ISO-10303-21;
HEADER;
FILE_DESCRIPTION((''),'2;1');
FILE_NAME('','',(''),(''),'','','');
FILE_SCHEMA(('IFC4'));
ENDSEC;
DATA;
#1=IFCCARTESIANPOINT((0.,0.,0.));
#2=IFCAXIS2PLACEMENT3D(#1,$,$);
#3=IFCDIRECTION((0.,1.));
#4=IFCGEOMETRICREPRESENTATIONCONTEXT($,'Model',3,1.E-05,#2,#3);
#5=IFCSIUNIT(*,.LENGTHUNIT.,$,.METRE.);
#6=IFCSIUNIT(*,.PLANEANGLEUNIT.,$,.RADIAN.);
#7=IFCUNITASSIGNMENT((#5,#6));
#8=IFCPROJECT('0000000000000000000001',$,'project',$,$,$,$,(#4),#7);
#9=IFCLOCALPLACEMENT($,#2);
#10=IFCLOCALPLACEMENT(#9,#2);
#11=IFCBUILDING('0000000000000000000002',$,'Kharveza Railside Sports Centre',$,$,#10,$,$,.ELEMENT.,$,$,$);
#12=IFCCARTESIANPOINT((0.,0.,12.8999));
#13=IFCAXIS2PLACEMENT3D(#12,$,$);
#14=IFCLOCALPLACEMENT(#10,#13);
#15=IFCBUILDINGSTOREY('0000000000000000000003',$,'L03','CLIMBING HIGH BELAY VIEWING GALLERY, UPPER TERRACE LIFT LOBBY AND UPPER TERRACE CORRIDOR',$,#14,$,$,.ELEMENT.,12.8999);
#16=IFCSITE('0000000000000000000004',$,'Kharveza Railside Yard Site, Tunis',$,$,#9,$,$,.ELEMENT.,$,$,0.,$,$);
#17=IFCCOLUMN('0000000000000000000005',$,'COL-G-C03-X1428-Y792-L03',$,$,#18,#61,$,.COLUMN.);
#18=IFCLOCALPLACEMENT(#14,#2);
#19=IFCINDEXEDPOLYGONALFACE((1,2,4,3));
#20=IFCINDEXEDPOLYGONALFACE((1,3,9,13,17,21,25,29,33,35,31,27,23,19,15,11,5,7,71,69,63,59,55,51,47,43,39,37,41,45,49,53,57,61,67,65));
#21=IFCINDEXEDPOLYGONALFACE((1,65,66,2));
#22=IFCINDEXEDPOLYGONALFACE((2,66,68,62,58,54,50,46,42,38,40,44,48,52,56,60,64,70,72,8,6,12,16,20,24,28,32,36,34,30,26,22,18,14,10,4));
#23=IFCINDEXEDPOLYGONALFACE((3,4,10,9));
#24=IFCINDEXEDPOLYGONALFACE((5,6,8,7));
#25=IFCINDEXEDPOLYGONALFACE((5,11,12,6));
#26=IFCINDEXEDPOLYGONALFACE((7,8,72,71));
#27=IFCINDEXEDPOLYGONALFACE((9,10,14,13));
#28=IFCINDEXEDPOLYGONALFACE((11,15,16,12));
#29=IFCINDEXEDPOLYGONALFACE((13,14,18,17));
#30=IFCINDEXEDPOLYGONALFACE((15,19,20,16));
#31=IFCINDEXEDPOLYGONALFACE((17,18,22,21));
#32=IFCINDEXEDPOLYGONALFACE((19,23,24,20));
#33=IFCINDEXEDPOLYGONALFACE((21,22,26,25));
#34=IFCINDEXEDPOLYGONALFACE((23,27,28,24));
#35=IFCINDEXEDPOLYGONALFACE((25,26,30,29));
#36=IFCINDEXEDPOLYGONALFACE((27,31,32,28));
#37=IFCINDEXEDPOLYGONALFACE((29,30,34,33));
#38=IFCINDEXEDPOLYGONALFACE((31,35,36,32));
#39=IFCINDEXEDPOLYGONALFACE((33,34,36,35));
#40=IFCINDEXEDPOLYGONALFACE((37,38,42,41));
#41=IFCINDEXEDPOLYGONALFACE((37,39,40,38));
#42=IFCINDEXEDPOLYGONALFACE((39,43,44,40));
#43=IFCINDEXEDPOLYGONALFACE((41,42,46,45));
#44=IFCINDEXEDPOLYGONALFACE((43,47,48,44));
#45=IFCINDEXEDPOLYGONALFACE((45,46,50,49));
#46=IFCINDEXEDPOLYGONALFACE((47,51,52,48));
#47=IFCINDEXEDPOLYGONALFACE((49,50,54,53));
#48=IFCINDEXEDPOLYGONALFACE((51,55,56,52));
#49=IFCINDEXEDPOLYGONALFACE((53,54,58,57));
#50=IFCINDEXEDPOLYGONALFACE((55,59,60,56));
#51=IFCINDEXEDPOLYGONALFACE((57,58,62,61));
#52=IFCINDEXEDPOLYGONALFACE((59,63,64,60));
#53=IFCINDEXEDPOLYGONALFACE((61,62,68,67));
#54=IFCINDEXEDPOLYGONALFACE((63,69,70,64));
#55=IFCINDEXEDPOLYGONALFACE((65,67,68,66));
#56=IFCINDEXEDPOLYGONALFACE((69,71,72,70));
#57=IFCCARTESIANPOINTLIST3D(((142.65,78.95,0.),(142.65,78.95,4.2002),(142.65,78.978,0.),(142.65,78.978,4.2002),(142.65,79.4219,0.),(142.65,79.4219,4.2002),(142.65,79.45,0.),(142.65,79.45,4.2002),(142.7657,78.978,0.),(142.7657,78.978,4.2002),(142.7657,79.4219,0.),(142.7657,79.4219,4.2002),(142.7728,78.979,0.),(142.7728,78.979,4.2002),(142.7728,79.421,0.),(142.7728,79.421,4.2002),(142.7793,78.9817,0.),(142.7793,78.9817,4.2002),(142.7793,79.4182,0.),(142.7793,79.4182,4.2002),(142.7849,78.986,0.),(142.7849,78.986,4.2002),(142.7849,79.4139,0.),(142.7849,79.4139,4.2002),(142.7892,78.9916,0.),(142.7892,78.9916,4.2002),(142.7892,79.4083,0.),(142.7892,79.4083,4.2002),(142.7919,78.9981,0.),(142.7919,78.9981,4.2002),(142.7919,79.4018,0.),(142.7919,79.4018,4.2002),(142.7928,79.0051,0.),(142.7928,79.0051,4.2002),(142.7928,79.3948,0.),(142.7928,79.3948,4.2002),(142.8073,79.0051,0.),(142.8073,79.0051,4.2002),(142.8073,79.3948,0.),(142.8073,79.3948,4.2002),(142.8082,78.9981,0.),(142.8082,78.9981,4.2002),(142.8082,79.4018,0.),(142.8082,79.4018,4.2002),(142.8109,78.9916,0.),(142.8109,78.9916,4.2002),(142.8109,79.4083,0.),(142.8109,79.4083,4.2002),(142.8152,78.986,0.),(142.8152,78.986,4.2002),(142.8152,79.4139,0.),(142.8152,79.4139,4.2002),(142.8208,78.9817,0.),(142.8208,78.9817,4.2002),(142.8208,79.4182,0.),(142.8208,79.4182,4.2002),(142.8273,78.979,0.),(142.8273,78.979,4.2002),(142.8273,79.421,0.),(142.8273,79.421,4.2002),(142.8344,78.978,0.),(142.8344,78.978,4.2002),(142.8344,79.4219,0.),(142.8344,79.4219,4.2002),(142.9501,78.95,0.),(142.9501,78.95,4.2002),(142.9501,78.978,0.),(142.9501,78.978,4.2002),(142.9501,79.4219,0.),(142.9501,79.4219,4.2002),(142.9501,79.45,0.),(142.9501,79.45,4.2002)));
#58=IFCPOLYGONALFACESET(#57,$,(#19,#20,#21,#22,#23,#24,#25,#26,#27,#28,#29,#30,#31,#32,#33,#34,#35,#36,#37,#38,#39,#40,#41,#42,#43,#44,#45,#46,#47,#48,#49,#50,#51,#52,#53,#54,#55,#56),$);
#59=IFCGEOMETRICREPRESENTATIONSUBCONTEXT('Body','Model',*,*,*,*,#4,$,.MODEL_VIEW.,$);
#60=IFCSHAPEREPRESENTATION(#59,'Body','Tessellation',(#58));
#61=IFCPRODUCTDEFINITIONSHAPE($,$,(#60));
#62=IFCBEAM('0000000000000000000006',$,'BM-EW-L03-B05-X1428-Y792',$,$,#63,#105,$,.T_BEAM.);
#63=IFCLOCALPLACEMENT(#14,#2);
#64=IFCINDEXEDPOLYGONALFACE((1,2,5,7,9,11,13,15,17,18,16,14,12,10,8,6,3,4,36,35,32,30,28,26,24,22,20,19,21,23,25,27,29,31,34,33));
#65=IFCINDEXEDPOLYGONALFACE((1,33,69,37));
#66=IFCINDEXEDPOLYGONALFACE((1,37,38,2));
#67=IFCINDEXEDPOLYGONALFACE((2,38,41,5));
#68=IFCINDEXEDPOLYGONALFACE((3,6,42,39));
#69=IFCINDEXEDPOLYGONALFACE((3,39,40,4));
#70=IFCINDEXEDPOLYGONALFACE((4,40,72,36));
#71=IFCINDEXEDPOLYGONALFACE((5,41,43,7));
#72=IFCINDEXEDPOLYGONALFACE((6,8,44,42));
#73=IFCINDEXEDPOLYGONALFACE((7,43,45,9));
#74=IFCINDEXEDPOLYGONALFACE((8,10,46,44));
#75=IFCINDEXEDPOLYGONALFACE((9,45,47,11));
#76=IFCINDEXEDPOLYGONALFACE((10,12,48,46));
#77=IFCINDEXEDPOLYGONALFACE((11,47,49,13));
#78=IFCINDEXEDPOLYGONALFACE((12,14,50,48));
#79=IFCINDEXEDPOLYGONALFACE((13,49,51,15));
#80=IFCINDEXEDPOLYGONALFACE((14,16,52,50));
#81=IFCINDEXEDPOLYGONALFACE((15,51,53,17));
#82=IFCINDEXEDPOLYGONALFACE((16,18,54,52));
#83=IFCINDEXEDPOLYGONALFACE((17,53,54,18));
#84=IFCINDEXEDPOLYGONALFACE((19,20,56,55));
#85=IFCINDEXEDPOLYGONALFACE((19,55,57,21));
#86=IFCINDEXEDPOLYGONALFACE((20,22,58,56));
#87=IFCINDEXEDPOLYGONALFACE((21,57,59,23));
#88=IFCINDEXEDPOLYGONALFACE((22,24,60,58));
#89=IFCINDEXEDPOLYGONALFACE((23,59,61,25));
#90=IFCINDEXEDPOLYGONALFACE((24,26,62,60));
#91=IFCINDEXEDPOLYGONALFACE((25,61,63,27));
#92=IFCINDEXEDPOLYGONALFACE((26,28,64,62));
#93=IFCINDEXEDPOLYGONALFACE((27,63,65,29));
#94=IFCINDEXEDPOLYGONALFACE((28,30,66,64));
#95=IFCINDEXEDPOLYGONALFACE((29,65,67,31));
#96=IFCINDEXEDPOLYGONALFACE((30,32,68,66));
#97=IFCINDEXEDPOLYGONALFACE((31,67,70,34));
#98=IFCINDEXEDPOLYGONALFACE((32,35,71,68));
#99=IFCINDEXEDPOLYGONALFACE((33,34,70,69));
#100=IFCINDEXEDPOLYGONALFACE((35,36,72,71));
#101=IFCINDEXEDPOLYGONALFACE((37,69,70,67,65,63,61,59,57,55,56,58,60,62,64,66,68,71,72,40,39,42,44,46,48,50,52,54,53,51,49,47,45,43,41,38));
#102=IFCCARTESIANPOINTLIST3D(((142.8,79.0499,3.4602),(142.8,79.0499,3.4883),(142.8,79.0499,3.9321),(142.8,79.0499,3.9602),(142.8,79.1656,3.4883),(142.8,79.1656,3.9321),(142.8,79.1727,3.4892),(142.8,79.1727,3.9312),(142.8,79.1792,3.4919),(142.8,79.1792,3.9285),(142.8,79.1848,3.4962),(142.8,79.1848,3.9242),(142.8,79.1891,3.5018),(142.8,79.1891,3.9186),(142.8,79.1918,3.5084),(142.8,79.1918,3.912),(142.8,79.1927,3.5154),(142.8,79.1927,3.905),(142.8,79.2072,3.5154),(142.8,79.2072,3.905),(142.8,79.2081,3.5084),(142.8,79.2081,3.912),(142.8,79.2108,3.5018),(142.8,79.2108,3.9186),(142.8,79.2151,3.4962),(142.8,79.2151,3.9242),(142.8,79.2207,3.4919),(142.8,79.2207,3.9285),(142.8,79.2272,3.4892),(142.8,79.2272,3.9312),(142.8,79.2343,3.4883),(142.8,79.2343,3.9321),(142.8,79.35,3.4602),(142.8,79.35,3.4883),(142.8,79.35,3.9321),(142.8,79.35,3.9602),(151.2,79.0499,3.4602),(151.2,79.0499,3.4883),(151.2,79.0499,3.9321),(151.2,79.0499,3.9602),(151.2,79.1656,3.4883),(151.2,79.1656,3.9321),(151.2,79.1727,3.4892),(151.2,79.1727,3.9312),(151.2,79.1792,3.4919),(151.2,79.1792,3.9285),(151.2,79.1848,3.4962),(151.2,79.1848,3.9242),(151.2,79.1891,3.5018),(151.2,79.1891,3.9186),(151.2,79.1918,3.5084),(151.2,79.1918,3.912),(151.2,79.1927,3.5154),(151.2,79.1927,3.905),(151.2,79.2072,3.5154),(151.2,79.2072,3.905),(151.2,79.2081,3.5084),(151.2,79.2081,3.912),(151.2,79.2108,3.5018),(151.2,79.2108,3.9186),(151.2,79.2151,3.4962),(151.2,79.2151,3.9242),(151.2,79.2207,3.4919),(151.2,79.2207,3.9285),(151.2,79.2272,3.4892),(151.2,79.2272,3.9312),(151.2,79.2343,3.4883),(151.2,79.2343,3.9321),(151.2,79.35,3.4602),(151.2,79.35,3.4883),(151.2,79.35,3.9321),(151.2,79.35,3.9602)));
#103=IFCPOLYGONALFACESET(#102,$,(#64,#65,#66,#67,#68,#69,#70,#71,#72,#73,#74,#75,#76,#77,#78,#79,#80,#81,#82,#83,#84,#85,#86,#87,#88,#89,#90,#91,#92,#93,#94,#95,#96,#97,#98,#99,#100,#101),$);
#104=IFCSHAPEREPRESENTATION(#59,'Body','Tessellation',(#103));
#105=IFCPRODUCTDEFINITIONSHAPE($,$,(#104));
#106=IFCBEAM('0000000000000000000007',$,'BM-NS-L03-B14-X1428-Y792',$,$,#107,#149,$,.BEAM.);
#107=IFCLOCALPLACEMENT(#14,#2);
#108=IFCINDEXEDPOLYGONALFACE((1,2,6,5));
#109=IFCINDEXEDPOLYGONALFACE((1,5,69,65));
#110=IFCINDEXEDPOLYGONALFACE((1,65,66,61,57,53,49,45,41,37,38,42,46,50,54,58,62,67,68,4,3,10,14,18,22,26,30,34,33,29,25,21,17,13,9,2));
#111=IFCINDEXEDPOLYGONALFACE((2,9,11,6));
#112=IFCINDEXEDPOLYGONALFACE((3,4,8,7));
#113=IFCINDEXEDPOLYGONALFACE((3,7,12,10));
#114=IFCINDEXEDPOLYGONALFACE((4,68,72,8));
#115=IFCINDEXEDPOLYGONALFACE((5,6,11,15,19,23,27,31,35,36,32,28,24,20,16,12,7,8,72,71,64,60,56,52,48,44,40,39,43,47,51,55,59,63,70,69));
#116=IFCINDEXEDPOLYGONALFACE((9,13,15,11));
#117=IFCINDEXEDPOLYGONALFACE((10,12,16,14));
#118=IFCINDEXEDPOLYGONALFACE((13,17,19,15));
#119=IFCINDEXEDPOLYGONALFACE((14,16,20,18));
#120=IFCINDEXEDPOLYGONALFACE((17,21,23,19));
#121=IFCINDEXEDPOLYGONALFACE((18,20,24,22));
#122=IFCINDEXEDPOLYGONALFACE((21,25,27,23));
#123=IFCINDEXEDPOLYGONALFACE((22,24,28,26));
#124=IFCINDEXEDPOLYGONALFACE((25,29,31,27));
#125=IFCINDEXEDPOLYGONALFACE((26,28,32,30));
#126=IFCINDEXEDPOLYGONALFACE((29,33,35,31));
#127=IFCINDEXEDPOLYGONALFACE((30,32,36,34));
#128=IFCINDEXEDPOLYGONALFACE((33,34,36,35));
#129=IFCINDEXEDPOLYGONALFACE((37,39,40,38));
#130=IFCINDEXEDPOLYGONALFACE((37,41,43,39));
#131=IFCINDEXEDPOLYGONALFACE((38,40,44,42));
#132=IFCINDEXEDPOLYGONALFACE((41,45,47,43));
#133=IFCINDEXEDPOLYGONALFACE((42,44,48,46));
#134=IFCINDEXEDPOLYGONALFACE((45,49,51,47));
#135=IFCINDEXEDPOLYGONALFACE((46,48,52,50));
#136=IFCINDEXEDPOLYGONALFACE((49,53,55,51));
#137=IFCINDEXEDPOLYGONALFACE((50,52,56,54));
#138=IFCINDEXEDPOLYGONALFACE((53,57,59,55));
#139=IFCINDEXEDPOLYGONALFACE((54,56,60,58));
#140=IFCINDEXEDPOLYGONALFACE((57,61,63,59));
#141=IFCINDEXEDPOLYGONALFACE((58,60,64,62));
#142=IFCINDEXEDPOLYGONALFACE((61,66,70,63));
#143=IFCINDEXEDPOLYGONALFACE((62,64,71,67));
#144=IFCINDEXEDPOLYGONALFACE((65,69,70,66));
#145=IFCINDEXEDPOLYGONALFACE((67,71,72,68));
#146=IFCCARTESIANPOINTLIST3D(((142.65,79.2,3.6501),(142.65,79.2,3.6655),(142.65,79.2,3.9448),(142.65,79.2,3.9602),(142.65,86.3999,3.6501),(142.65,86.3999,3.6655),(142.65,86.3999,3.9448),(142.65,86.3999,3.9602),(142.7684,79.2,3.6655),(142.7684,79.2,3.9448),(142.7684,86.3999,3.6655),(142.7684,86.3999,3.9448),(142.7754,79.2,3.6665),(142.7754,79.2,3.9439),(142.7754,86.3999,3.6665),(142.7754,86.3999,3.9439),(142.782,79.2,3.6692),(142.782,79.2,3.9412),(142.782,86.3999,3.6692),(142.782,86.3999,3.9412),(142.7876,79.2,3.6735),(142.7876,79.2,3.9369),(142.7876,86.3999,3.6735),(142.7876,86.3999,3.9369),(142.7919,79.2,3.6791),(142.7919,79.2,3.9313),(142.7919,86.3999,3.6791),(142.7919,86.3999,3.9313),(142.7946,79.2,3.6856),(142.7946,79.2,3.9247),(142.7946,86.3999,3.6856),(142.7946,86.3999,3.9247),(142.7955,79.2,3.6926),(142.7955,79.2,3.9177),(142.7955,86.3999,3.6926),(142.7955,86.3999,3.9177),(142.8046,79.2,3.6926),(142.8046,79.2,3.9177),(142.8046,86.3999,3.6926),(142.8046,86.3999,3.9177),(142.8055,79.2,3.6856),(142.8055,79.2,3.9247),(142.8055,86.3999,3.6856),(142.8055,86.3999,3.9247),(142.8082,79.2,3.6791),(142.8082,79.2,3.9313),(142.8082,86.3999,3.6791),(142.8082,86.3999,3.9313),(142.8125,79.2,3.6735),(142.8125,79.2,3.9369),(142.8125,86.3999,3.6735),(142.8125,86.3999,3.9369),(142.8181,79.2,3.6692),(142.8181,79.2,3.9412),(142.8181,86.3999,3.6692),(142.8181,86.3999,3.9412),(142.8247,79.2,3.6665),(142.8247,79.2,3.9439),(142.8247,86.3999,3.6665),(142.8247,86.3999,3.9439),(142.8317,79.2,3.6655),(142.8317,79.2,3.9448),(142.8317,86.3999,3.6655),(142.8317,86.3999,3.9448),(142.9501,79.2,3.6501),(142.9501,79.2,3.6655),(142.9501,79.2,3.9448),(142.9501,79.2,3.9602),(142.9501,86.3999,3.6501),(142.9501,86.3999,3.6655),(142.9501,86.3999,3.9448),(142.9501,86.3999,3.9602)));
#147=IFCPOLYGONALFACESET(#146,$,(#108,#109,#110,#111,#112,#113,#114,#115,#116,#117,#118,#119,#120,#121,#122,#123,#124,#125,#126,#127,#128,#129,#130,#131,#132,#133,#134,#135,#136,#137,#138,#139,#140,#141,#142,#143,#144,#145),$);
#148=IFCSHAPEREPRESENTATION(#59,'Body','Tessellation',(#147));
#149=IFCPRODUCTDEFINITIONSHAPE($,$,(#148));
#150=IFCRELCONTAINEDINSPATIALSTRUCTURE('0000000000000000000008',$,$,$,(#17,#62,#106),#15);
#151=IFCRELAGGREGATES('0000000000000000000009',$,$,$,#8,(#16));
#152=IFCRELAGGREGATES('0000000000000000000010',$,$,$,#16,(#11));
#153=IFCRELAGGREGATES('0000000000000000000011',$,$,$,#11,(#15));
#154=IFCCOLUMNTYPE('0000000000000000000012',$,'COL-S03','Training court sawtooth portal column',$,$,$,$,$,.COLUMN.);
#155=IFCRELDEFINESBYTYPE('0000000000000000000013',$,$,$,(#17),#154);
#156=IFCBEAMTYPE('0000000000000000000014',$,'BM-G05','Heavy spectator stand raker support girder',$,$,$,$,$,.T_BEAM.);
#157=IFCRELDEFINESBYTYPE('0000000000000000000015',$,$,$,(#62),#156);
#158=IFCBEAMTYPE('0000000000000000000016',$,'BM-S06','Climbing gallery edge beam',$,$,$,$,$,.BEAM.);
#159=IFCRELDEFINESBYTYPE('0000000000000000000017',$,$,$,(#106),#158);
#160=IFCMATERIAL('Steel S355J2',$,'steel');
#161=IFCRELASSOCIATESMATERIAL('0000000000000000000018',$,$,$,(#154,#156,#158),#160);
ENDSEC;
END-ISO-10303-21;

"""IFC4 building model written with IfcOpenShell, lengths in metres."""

from ifc_helpers import new_model, si_unit, direction, frame, origin, origin_2d, place, context, subcontext, project, spatial, i_section, extrude, material, material_profile, profile_set, type_object, element, save


model = new_model("IFC4")

# Units and contexts
model_context = context("Model", 3, precision=1e-05, world=origin(), true_north=direction((0.0, 1.0)))
body_context = subcontext(model_context, "Body", "Model", "MODEL_VIEW")
ifc_project = project(units=[si_unit("LENGTHUNIT", "METRE"), si_unit("PLANEANGLEUNIT", "RADIAN")], contexts=[model_context])

# Site, building, storey
site_placement = place(None, origin())
site = spatial("IfcSite", under=ifc_project, at=site_placement, Name="Kharveza Railside Yard Site, Tunis", CompositionType="ELEMENT", RefElevation=0.0)
building_placement = place(site_placement, origin())
building = spatial("IfcBuilding", under=site, at=building_placement, Name="Kharveza Railside Sports Centre", CompositionType="ELEMENT")
storey_placement = place(building_placement, frame((0.0, 0.0, 12.8999)))
storey = spatial("IfcBuildingStorey", under=building, at=storey_placement, Name="L03", Description="CLIMBING HIGH BELAY VIEWING GALLERY, UPPER TERRACE LIFT LOBBY AND UPPER TERRACE CORRIDOR", CompositionType="ELEMENT", Elevation=12.8999)

# Column
ifc_material_1 = material(Name="Steel S355J2", Category="steel")
ifc_material_profile_1 = material_profile(ifc_material_1, i_section(OverallWidth=0.3, OverallDepth=0.5, WebThickness=0.0144, FlangeThickness=0.0281, FilletRadius=0.0271, at=origin_2d()), Name="HEB 500")
ifc_profile_set_1 = profile_set([ifc_material_profile_1], Name="Steel S355J2")
column_type = type_object("IfcColumnType", Name="COL-S03", Description="Training court sawtooth portal column", PredefinedType="COLUMN", material=ifc_profile_set_1)
column_placement = place(storey_placement, frame((142.8, 79.2, 0.0), z_axis=(0.0, 0.0, 1.0), x_axis=(1.0, 0.0, 0.0)))
element("IfcColumn", 1, at=column_placement, inside=storey, type_object=column_type, Name="COL-G-C03-X1428-Y792-L03", PredefinedType="COLUMN", context=body_context, shape_type="SweptSolid", body=[
    extrude(i_section(OverallWidth=0.3, OverallDepth=0.5, WebThickness=0.0144, FlangeThickness=0.0281, FilletRadius=0.0271, at=origin_2d()), origin(), (0.0, 0.0, 1.0), 4.2002),
])

# Beams
ifc_material_profile_2 = material_profile(ifc_material_1, i_section(OverallWidth=0.3, OverallDepth=0.5, WebThickness=0.0144, FlangeThickness=0.0281, FilletRadius=0.0271, at=origin_2d()), Name="HEB 500")
ifc_profile_set_2 = profile_set([ifc_material_profile_2], Name="Steel S355J2")
beam_type_1 = type_object("IfcBeamType", Name="BM-G05", Description="Heavy spectator stand raker support girder", PredefinedType="T_BEAM", material=ifc_profile_set_2)
beam_1_placement = place(storey_placement, frame((142.8, 79.2, 3.7102), z_axis=(1.0, 0.0, 0.0), x_axis=(0.0, 1.0, 0.0)))
element("IfcBeam", 2, at=beam_1_placement, inside=storey, type_object=beam_type_1, Name="BM-EW-L03-B05-X1428-Y792", PredefinedType="T_BEAM", context=body_context, shape_type="SweptSolid", body=[
    extrude(i_section(OverallWidth=0.3, OverallDepth=0.5, WebThickness=0.0144, FlangeThickness=0.0281, FilletRadius=0.0271, at=origin_2d()), origin(), (0.0, 0.0, 1.0), 8.3999),
])
ifc_material_profile_3 = material_profile(ifc_material_1, i_section(OverallWidth=0.3, OverallDepth=0.3101, WebThickness=0.009, FlangeThickness=0.0154, FilletRadius=0.0271, at=origin_2d()), Name="HEA 320")
ifc_profile_set_3 = profile_set([ifc_material_profile_3], Name="Steel S355J2")
beam_type_2 = type_object("IfcBeamType", Name="BM-S06", Description="Climbing gallery edge beam", PredefinedType="BEAM", material=ifc_profile_set_3)
beam_2_placement = place(storey_placement, frame((142.8, 79.2, 3.8052), z_axis=(0.0, 1.0, 0.0), x_axis=(-1.0, 0.0, 0.0)))
element("IfcBeam", 3, at=beam_2_placement, inside=storey, type_object=beam_type_2, Name="BM-NS-L03-B14-X1428-Y792", PredefinedType="BEAM", context=body_context, shape_type="SweptSolid", body=[
    extrude(i_section(OverallWidth=0.3, OverallDepth=0.3101, WebThickness=0.009, FlangeThickness=0.0154, FilletRadius=0.0271, at=origin_2d()), origin(), (0.0, 0.0, 1.0), 7.2),
])

save(model, "model.ifc")
